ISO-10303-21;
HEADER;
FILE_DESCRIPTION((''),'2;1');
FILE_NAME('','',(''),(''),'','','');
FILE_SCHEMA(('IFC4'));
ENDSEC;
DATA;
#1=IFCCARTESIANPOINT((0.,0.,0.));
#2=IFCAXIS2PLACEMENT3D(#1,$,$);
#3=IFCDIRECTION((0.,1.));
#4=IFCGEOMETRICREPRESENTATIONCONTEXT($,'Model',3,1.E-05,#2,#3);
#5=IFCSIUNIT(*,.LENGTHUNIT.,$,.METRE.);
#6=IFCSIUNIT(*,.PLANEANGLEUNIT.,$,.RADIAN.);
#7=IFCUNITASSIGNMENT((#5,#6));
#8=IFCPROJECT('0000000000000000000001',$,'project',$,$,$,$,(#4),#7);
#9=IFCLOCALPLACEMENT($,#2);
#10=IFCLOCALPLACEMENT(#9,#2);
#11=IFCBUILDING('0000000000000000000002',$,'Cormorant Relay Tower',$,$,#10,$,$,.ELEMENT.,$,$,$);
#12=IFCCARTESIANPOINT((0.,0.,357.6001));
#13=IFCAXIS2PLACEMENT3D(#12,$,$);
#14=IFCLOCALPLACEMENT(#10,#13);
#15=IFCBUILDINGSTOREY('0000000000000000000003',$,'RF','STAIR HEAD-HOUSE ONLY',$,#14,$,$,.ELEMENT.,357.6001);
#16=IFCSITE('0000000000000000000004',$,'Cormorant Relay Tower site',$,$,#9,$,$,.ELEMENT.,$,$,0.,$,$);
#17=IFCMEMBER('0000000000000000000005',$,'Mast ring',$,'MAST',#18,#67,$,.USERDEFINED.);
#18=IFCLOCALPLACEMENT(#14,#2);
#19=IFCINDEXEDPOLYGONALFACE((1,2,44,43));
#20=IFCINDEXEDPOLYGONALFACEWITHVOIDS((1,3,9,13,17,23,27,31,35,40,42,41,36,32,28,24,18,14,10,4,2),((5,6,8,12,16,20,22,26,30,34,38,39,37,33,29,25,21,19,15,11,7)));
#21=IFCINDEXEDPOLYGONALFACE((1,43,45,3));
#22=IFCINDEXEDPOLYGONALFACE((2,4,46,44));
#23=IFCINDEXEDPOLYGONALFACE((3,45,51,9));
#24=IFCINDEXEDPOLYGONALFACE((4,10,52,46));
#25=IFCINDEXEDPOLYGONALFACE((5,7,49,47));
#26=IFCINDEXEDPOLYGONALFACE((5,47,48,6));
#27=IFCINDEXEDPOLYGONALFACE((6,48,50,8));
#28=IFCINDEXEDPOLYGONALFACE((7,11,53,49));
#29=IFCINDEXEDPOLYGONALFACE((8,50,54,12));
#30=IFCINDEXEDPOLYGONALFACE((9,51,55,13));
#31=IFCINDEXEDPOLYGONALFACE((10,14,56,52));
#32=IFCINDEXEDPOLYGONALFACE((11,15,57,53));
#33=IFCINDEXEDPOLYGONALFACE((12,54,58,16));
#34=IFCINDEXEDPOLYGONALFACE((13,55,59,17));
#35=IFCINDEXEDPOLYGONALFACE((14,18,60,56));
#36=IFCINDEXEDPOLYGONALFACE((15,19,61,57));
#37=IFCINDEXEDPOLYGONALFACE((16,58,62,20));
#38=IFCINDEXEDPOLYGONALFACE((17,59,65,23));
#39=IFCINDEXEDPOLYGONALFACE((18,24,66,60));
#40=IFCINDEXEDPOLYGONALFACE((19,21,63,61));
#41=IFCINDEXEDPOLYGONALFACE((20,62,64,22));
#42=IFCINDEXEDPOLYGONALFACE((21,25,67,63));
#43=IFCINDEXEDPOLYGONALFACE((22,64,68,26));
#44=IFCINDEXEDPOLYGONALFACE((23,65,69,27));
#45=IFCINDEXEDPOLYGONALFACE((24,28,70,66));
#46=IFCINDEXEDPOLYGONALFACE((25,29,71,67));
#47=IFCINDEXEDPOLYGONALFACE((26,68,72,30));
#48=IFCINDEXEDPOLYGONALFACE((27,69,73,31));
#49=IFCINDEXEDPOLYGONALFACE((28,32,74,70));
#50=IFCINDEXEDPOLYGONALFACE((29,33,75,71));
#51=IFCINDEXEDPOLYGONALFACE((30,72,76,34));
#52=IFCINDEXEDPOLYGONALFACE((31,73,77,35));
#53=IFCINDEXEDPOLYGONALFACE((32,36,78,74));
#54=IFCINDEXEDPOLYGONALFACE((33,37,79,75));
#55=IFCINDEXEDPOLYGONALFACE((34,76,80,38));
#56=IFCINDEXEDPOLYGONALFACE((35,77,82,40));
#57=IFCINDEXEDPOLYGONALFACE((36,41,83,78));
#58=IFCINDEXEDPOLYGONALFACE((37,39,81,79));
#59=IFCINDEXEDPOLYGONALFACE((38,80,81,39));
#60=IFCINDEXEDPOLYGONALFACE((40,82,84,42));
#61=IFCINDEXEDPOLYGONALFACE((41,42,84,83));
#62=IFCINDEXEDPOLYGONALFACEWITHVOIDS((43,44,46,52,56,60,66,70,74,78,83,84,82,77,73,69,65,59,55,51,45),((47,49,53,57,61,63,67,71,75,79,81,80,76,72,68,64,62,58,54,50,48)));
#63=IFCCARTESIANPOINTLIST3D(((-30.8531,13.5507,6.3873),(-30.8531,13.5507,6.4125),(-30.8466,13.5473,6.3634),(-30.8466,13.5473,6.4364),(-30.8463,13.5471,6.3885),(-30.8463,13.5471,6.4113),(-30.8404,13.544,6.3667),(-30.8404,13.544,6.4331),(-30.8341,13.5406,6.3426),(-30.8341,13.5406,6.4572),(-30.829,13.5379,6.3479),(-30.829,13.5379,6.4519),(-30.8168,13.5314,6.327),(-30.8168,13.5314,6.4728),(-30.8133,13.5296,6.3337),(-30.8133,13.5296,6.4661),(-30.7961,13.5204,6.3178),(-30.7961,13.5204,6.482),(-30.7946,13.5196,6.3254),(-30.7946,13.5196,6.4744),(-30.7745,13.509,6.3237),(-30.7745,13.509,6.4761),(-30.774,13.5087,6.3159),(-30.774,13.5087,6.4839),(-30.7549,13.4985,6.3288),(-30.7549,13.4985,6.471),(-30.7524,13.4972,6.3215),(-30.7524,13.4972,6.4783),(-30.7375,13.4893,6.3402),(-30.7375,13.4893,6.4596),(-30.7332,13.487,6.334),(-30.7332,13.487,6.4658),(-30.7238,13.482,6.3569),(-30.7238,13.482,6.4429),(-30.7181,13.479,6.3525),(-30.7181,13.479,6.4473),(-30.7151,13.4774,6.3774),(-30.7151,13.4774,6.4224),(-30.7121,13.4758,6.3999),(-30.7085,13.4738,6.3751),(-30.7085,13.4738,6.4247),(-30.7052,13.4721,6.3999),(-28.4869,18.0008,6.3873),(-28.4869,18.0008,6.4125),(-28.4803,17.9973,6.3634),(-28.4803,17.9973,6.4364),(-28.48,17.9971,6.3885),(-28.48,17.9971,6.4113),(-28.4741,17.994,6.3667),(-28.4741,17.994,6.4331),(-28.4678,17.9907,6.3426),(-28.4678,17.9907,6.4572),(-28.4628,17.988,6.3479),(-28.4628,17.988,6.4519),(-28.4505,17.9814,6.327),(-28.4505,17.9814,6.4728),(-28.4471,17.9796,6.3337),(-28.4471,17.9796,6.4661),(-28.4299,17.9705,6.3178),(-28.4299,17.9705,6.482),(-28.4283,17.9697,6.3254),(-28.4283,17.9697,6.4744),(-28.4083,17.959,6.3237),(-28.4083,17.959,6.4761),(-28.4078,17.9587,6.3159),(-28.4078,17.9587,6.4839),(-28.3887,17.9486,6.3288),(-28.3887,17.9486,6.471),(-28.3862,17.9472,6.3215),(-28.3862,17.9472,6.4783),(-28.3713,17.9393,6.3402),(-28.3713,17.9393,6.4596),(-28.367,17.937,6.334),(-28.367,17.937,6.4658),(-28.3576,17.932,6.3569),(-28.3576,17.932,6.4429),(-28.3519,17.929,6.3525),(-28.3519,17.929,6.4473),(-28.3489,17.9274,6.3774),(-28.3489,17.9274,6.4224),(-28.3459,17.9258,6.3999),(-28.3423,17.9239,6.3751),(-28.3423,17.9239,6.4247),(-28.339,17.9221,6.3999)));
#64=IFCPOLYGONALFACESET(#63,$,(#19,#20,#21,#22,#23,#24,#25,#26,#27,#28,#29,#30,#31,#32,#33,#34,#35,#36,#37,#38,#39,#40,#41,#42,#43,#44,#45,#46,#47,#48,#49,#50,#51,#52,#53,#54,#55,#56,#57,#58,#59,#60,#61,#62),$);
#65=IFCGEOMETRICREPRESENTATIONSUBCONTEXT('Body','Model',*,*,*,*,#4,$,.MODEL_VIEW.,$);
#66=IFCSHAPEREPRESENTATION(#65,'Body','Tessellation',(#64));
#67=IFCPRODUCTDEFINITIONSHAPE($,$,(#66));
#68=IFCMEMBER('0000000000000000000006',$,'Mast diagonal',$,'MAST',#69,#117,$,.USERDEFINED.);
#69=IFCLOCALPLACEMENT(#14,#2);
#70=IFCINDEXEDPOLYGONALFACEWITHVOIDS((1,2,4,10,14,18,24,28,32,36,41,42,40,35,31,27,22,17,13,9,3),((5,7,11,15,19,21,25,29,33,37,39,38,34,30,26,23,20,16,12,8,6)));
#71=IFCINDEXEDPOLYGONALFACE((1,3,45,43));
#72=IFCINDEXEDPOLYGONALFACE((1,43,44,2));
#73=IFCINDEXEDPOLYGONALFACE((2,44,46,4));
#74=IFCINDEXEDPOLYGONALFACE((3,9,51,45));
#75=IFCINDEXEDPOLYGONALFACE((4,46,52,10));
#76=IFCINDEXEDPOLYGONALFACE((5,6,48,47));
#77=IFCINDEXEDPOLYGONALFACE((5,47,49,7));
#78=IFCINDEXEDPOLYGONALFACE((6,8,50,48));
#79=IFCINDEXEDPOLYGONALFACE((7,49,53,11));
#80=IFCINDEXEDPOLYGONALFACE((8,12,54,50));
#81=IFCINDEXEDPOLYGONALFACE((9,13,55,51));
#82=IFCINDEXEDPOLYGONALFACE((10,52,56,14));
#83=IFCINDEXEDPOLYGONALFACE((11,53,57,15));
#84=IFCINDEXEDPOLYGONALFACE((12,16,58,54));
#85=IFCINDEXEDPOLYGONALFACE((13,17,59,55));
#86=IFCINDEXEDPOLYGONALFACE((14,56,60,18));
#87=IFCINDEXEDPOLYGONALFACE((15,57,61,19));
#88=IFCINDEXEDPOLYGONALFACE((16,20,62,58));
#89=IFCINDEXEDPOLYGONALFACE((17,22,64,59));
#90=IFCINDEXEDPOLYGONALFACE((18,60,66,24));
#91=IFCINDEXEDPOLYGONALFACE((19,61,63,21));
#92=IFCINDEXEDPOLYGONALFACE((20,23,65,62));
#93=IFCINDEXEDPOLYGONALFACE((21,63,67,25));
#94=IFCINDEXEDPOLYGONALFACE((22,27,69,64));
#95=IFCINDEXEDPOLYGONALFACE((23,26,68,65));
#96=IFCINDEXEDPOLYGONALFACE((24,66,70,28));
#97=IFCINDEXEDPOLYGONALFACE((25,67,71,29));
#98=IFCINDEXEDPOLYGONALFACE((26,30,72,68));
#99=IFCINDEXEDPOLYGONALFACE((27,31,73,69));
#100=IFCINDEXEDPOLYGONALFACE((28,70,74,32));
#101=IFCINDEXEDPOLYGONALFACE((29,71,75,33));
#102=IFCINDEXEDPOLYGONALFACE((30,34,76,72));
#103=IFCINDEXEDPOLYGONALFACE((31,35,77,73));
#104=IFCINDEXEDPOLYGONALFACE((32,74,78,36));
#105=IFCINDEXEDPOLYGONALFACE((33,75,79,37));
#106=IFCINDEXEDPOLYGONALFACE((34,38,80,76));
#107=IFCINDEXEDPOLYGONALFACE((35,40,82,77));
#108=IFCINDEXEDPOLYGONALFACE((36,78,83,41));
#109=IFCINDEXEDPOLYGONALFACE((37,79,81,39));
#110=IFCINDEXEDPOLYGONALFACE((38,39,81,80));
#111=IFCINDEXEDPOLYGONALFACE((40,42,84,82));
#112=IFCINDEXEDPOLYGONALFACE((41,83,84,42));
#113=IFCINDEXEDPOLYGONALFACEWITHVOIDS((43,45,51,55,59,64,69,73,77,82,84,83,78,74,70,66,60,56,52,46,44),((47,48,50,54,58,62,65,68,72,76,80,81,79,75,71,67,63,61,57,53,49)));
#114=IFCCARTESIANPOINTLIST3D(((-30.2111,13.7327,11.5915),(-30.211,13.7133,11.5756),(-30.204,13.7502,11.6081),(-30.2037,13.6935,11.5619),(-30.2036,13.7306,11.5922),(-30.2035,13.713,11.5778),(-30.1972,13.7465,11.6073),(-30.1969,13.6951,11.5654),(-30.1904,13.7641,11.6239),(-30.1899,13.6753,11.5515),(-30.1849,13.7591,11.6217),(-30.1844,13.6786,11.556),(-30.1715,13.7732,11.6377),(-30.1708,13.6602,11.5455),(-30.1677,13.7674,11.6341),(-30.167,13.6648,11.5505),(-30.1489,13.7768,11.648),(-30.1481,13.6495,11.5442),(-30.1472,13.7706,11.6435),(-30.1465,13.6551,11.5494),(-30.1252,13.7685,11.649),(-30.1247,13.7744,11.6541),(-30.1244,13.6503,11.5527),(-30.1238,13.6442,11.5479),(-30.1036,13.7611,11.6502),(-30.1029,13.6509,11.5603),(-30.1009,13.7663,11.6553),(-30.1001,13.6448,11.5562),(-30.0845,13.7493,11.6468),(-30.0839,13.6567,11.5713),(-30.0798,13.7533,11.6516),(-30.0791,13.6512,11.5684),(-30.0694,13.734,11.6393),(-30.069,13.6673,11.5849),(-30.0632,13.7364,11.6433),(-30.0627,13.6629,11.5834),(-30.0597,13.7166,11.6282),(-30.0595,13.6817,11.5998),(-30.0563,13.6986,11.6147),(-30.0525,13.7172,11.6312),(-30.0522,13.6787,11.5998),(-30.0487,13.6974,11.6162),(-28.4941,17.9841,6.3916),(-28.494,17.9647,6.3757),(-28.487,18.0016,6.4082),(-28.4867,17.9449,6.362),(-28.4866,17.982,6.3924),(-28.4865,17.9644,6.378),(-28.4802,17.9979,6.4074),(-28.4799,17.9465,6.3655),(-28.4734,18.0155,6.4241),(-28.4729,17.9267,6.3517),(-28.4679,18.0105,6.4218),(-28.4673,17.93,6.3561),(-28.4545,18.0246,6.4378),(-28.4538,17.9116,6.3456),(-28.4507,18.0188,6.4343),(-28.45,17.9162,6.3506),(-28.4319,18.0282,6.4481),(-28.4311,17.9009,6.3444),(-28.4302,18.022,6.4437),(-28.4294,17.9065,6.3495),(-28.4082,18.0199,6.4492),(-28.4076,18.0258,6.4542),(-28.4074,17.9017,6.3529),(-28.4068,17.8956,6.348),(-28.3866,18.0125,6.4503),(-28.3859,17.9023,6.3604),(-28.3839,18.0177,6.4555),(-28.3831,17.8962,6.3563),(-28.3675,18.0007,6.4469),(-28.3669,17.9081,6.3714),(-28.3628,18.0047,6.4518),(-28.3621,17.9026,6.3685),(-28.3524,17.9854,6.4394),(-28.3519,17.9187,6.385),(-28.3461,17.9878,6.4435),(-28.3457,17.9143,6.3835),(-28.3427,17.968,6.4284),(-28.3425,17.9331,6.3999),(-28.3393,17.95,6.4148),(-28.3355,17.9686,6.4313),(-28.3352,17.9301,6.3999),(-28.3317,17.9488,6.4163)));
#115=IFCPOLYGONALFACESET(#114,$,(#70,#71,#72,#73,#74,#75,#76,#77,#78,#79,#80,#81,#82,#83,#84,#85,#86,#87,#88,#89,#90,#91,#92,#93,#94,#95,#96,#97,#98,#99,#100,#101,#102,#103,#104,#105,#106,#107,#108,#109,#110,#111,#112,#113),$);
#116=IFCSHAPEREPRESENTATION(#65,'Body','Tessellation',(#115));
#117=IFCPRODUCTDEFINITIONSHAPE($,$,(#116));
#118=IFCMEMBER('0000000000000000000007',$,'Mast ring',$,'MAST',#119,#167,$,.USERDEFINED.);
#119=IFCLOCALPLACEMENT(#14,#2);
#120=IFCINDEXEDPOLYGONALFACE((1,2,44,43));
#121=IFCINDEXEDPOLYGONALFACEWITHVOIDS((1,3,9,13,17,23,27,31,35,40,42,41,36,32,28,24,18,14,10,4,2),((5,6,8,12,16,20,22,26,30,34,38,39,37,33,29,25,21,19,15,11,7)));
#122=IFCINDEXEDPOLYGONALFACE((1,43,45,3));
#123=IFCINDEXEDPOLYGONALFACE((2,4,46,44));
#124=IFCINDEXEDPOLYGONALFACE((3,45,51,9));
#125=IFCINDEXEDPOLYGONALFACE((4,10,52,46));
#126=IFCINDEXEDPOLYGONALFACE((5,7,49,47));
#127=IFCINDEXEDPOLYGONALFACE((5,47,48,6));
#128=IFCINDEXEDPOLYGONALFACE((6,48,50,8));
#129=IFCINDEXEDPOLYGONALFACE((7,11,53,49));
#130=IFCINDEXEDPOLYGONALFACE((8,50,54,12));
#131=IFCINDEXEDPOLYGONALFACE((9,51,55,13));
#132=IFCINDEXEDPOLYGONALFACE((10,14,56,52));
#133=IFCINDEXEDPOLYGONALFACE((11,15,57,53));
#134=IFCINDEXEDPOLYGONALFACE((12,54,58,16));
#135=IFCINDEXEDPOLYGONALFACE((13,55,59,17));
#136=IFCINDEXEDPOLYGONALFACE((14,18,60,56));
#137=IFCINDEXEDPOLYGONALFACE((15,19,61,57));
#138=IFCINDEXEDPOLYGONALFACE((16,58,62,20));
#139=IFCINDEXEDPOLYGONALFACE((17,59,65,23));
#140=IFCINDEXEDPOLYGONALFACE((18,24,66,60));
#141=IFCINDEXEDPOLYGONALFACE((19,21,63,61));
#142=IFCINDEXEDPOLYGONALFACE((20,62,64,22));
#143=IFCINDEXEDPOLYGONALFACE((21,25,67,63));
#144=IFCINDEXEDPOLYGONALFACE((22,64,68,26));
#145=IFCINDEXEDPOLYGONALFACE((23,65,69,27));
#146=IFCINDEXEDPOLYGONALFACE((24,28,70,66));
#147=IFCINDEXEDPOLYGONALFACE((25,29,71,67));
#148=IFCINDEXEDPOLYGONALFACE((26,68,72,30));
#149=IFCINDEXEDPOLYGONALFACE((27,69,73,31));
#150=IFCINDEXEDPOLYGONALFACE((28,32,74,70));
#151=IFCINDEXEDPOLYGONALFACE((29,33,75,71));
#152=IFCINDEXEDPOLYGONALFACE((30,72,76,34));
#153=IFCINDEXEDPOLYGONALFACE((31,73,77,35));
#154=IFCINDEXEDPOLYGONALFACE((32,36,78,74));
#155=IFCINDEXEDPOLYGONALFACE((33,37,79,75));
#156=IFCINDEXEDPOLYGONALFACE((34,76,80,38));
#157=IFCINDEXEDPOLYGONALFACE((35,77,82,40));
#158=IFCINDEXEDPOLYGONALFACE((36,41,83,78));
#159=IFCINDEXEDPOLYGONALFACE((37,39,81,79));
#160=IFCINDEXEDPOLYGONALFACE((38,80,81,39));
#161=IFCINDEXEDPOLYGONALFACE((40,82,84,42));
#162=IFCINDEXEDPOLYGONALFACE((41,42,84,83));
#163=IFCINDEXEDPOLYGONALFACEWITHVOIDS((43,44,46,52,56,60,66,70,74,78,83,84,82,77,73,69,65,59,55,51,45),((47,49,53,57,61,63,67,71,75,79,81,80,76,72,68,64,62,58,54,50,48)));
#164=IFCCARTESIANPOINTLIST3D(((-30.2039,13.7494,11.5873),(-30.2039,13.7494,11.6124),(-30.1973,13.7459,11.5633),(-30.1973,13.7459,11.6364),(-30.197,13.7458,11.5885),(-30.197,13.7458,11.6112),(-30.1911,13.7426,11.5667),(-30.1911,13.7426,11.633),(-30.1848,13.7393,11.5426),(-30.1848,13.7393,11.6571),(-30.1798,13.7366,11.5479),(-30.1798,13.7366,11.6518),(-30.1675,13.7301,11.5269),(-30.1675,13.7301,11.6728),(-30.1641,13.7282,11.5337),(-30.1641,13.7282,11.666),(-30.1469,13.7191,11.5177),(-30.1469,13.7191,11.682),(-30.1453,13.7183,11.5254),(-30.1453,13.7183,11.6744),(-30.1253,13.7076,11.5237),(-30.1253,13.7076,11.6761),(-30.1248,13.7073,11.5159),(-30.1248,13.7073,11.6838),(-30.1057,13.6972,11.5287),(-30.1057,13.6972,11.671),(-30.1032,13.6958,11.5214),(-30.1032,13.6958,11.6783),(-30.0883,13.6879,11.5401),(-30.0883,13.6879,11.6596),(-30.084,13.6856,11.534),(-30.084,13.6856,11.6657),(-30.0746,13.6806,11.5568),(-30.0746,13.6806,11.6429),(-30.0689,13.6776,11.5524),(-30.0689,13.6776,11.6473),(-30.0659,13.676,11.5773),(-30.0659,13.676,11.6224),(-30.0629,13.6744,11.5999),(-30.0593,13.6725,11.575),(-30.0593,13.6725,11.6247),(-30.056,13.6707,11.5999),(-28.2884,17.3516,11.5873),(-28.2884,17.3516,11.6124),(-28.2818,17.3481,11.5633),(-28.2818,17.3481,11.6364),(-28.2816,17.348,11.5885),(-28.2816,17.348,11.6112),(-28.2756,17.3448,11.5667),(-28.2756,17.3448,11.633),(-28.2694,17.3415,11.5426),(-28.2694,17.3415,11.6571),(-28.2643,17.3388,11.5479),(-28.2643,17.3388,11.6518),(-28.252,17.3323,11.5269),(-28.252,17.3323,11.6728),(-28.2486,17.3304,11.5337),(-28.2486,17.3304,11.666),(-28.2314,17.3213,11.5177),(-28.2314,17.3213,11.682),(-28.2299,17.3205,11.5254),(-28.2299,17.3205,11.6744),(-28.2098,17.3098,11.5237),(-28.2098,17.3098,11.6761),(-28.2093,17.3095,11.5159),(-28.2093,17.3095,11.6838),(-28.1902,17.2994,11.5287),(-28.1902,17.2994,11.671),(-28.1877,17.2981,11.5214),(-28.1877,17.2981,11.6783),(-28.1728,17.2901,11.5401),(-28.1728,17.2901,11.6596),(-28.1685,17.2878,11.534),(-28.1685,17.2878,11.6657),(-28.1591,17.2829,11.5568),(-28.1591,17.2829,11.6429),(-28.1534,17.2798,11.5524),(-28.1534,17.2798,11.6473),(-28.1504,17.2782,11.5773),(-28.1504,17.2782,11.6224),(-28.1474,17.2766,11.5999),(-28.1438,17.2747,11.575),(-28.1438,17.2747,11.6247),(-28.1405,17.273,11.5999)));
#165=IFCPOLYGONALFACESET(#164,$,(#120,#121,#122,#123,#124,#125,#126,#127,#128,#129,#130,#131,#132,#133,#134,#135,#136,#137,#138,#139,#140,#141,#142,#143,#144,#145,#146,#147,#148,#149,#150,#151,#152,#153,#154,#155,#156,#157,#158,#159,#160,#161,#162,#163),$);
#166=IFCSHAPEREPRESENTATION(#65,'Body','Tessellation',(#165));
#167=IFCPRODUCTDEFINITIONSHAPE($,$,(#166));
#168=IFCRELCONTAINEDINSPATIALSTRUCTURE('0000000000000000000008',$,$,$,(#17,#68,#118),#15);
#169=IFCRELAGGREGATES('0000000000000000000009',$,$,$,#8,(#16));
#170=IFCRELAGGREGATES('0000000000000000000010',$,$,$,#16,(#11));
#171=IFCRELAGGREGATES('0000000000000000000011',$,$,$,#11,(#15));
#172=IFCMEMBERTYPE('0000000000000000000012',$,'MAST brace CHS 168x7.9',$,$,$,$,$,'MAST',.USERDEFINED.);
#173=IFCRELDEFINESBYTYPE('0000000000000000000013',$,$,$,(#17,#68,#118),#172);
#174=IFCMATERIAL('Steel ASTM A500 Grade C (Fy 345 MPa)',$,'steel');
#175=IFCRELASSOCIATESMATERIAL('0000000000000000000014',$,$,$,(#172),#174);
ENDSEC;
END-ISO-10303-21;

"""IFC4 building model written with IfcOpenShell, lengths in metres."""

from ifc_helpers import new_model, si_unit, direction, frame, origin, origin_2d, place, context, subcontext, project, spatial, hollow_circle, extrude, material, material_profile, profile_set, type_object, element, save


model = new_model("IFC4")

# Units and contexts
model_context = context("Model", 3, precision=1e-05, world=origin(), true_north=direction((0.0, 1.0)))
body_context = subcontext(model_context, "Body", "Model", "MODEL_VIEW")
ifc_project = project(units=[si_unit("LENGTHUNIT", "METRE"), si_unit("PLANEANGLEUNIT", "RADIAN")], contexts=[model_context])

# Site, building, storey
site_placement = place(None, origin())
site = spatial("IfcSite", under=ifc_project, at=site_placement, Name="Cormorant Relay Tower site", CompositionType="ELEMENT", RefElevation=0.0)
building_placement = place(site_placement, origin())
building = spatial("IfcBuilding", under=site, at=building_placement, Name="Cormorant Relay Tower", CompositionType="ELEMENT")
storey_placement = place(building_placement, frame((0.0, 0.0, 357.6001)))
storey = spatial("IfcBuildingStorey", under=building, at=storey_placement, Name="RF", Description="STAIR HEAD-HOUSE ONLY", CompositionType="ELEMENT", Elevation=357.6001)

# Members
ifc_material_1 = material(Name="Steel ASTM A500 Grade C (Fy 345 MPa)", Category="steel")
ifc_material_profile = material_profile(ifc_material_1, hollow_circle(Radius=0.0842, WallThickness=0.0078, at=origin_2d()), Name="CHS 168x7.9")
ifc_profile_set = profile_set([ifc_material_profile], Name="Steel ASTM A500 Grade C (Fy 345 MPa)")
member_type = type_object("IfcMemberType", Name="MAST brace CHS 168x7.9", ElementType="MAST", PredefinedType="USERDEFINED", material=ifc_profile_set)
member_1_placement = place(storey_placement, frame((-28.4133, 17.9617, 6.3999), z_axis=(-0.469492, -0.882937, 0.0), x_axis=(0.882937, -0.469492, 0.0)))
element("IfcMember", 1, at=member_1_placement, inside=storey, type_object=member_type, Name="Mast ring", ObjectType="MAST", PredefinedType="USERDEFINED", context=body_context, shape_type="SweptSolid", body=[
    extrude(hollow_circle(Radius=0.0842, WallThickness=0.0078, at=origin_2d()), origin(), (0.0, 0.0, 1.0), 5.04),
])
member_2_placement = place(storey_placement, frame((-28.4133, 17.9617, 6.3999), z_axis=(-0.247672, -0.613246, 0.750059), x_axis=(0.927234, -0.374482, 0.0)))
element("IfcMember", 2, at=member_2_placement, inside=storey, type_object=member_type, Name="Mast diagonal", ObjectType="MAST", PredefinedType="USERDEFINED", context=body_context, shape_type="SweptSolid", body=[
    extrude(hollow_circle(Radius=0.0842, WallThickness=0.0078, at=origin_2d()), origin(), (0.0, 0.0, 1.0), 6.9326),
])
member_3_placement = place(storey_placement, frame((-28.2148, 17.3125, 11.5999), z_axis=(-0.469501, -0.882932, 0.0), x_axis=(0.882932, -0.469501, 0.0)))
element("IfcMember", 3, at=member_3_placement, inside=storey, type_object=member_type, Name="Mast ring", ObjectType="MAST", PredefinedType="USERDEFINED", context=body_context, shape_type="SweptSolid", body=[
    extrude(hollow_circle(Radius=0.0842, WallThickness=0.0078, at=origin_2d()), origin(), (0.0, 0.0, 1.0), 4.0798),
])

save(model, "model.ifc")
